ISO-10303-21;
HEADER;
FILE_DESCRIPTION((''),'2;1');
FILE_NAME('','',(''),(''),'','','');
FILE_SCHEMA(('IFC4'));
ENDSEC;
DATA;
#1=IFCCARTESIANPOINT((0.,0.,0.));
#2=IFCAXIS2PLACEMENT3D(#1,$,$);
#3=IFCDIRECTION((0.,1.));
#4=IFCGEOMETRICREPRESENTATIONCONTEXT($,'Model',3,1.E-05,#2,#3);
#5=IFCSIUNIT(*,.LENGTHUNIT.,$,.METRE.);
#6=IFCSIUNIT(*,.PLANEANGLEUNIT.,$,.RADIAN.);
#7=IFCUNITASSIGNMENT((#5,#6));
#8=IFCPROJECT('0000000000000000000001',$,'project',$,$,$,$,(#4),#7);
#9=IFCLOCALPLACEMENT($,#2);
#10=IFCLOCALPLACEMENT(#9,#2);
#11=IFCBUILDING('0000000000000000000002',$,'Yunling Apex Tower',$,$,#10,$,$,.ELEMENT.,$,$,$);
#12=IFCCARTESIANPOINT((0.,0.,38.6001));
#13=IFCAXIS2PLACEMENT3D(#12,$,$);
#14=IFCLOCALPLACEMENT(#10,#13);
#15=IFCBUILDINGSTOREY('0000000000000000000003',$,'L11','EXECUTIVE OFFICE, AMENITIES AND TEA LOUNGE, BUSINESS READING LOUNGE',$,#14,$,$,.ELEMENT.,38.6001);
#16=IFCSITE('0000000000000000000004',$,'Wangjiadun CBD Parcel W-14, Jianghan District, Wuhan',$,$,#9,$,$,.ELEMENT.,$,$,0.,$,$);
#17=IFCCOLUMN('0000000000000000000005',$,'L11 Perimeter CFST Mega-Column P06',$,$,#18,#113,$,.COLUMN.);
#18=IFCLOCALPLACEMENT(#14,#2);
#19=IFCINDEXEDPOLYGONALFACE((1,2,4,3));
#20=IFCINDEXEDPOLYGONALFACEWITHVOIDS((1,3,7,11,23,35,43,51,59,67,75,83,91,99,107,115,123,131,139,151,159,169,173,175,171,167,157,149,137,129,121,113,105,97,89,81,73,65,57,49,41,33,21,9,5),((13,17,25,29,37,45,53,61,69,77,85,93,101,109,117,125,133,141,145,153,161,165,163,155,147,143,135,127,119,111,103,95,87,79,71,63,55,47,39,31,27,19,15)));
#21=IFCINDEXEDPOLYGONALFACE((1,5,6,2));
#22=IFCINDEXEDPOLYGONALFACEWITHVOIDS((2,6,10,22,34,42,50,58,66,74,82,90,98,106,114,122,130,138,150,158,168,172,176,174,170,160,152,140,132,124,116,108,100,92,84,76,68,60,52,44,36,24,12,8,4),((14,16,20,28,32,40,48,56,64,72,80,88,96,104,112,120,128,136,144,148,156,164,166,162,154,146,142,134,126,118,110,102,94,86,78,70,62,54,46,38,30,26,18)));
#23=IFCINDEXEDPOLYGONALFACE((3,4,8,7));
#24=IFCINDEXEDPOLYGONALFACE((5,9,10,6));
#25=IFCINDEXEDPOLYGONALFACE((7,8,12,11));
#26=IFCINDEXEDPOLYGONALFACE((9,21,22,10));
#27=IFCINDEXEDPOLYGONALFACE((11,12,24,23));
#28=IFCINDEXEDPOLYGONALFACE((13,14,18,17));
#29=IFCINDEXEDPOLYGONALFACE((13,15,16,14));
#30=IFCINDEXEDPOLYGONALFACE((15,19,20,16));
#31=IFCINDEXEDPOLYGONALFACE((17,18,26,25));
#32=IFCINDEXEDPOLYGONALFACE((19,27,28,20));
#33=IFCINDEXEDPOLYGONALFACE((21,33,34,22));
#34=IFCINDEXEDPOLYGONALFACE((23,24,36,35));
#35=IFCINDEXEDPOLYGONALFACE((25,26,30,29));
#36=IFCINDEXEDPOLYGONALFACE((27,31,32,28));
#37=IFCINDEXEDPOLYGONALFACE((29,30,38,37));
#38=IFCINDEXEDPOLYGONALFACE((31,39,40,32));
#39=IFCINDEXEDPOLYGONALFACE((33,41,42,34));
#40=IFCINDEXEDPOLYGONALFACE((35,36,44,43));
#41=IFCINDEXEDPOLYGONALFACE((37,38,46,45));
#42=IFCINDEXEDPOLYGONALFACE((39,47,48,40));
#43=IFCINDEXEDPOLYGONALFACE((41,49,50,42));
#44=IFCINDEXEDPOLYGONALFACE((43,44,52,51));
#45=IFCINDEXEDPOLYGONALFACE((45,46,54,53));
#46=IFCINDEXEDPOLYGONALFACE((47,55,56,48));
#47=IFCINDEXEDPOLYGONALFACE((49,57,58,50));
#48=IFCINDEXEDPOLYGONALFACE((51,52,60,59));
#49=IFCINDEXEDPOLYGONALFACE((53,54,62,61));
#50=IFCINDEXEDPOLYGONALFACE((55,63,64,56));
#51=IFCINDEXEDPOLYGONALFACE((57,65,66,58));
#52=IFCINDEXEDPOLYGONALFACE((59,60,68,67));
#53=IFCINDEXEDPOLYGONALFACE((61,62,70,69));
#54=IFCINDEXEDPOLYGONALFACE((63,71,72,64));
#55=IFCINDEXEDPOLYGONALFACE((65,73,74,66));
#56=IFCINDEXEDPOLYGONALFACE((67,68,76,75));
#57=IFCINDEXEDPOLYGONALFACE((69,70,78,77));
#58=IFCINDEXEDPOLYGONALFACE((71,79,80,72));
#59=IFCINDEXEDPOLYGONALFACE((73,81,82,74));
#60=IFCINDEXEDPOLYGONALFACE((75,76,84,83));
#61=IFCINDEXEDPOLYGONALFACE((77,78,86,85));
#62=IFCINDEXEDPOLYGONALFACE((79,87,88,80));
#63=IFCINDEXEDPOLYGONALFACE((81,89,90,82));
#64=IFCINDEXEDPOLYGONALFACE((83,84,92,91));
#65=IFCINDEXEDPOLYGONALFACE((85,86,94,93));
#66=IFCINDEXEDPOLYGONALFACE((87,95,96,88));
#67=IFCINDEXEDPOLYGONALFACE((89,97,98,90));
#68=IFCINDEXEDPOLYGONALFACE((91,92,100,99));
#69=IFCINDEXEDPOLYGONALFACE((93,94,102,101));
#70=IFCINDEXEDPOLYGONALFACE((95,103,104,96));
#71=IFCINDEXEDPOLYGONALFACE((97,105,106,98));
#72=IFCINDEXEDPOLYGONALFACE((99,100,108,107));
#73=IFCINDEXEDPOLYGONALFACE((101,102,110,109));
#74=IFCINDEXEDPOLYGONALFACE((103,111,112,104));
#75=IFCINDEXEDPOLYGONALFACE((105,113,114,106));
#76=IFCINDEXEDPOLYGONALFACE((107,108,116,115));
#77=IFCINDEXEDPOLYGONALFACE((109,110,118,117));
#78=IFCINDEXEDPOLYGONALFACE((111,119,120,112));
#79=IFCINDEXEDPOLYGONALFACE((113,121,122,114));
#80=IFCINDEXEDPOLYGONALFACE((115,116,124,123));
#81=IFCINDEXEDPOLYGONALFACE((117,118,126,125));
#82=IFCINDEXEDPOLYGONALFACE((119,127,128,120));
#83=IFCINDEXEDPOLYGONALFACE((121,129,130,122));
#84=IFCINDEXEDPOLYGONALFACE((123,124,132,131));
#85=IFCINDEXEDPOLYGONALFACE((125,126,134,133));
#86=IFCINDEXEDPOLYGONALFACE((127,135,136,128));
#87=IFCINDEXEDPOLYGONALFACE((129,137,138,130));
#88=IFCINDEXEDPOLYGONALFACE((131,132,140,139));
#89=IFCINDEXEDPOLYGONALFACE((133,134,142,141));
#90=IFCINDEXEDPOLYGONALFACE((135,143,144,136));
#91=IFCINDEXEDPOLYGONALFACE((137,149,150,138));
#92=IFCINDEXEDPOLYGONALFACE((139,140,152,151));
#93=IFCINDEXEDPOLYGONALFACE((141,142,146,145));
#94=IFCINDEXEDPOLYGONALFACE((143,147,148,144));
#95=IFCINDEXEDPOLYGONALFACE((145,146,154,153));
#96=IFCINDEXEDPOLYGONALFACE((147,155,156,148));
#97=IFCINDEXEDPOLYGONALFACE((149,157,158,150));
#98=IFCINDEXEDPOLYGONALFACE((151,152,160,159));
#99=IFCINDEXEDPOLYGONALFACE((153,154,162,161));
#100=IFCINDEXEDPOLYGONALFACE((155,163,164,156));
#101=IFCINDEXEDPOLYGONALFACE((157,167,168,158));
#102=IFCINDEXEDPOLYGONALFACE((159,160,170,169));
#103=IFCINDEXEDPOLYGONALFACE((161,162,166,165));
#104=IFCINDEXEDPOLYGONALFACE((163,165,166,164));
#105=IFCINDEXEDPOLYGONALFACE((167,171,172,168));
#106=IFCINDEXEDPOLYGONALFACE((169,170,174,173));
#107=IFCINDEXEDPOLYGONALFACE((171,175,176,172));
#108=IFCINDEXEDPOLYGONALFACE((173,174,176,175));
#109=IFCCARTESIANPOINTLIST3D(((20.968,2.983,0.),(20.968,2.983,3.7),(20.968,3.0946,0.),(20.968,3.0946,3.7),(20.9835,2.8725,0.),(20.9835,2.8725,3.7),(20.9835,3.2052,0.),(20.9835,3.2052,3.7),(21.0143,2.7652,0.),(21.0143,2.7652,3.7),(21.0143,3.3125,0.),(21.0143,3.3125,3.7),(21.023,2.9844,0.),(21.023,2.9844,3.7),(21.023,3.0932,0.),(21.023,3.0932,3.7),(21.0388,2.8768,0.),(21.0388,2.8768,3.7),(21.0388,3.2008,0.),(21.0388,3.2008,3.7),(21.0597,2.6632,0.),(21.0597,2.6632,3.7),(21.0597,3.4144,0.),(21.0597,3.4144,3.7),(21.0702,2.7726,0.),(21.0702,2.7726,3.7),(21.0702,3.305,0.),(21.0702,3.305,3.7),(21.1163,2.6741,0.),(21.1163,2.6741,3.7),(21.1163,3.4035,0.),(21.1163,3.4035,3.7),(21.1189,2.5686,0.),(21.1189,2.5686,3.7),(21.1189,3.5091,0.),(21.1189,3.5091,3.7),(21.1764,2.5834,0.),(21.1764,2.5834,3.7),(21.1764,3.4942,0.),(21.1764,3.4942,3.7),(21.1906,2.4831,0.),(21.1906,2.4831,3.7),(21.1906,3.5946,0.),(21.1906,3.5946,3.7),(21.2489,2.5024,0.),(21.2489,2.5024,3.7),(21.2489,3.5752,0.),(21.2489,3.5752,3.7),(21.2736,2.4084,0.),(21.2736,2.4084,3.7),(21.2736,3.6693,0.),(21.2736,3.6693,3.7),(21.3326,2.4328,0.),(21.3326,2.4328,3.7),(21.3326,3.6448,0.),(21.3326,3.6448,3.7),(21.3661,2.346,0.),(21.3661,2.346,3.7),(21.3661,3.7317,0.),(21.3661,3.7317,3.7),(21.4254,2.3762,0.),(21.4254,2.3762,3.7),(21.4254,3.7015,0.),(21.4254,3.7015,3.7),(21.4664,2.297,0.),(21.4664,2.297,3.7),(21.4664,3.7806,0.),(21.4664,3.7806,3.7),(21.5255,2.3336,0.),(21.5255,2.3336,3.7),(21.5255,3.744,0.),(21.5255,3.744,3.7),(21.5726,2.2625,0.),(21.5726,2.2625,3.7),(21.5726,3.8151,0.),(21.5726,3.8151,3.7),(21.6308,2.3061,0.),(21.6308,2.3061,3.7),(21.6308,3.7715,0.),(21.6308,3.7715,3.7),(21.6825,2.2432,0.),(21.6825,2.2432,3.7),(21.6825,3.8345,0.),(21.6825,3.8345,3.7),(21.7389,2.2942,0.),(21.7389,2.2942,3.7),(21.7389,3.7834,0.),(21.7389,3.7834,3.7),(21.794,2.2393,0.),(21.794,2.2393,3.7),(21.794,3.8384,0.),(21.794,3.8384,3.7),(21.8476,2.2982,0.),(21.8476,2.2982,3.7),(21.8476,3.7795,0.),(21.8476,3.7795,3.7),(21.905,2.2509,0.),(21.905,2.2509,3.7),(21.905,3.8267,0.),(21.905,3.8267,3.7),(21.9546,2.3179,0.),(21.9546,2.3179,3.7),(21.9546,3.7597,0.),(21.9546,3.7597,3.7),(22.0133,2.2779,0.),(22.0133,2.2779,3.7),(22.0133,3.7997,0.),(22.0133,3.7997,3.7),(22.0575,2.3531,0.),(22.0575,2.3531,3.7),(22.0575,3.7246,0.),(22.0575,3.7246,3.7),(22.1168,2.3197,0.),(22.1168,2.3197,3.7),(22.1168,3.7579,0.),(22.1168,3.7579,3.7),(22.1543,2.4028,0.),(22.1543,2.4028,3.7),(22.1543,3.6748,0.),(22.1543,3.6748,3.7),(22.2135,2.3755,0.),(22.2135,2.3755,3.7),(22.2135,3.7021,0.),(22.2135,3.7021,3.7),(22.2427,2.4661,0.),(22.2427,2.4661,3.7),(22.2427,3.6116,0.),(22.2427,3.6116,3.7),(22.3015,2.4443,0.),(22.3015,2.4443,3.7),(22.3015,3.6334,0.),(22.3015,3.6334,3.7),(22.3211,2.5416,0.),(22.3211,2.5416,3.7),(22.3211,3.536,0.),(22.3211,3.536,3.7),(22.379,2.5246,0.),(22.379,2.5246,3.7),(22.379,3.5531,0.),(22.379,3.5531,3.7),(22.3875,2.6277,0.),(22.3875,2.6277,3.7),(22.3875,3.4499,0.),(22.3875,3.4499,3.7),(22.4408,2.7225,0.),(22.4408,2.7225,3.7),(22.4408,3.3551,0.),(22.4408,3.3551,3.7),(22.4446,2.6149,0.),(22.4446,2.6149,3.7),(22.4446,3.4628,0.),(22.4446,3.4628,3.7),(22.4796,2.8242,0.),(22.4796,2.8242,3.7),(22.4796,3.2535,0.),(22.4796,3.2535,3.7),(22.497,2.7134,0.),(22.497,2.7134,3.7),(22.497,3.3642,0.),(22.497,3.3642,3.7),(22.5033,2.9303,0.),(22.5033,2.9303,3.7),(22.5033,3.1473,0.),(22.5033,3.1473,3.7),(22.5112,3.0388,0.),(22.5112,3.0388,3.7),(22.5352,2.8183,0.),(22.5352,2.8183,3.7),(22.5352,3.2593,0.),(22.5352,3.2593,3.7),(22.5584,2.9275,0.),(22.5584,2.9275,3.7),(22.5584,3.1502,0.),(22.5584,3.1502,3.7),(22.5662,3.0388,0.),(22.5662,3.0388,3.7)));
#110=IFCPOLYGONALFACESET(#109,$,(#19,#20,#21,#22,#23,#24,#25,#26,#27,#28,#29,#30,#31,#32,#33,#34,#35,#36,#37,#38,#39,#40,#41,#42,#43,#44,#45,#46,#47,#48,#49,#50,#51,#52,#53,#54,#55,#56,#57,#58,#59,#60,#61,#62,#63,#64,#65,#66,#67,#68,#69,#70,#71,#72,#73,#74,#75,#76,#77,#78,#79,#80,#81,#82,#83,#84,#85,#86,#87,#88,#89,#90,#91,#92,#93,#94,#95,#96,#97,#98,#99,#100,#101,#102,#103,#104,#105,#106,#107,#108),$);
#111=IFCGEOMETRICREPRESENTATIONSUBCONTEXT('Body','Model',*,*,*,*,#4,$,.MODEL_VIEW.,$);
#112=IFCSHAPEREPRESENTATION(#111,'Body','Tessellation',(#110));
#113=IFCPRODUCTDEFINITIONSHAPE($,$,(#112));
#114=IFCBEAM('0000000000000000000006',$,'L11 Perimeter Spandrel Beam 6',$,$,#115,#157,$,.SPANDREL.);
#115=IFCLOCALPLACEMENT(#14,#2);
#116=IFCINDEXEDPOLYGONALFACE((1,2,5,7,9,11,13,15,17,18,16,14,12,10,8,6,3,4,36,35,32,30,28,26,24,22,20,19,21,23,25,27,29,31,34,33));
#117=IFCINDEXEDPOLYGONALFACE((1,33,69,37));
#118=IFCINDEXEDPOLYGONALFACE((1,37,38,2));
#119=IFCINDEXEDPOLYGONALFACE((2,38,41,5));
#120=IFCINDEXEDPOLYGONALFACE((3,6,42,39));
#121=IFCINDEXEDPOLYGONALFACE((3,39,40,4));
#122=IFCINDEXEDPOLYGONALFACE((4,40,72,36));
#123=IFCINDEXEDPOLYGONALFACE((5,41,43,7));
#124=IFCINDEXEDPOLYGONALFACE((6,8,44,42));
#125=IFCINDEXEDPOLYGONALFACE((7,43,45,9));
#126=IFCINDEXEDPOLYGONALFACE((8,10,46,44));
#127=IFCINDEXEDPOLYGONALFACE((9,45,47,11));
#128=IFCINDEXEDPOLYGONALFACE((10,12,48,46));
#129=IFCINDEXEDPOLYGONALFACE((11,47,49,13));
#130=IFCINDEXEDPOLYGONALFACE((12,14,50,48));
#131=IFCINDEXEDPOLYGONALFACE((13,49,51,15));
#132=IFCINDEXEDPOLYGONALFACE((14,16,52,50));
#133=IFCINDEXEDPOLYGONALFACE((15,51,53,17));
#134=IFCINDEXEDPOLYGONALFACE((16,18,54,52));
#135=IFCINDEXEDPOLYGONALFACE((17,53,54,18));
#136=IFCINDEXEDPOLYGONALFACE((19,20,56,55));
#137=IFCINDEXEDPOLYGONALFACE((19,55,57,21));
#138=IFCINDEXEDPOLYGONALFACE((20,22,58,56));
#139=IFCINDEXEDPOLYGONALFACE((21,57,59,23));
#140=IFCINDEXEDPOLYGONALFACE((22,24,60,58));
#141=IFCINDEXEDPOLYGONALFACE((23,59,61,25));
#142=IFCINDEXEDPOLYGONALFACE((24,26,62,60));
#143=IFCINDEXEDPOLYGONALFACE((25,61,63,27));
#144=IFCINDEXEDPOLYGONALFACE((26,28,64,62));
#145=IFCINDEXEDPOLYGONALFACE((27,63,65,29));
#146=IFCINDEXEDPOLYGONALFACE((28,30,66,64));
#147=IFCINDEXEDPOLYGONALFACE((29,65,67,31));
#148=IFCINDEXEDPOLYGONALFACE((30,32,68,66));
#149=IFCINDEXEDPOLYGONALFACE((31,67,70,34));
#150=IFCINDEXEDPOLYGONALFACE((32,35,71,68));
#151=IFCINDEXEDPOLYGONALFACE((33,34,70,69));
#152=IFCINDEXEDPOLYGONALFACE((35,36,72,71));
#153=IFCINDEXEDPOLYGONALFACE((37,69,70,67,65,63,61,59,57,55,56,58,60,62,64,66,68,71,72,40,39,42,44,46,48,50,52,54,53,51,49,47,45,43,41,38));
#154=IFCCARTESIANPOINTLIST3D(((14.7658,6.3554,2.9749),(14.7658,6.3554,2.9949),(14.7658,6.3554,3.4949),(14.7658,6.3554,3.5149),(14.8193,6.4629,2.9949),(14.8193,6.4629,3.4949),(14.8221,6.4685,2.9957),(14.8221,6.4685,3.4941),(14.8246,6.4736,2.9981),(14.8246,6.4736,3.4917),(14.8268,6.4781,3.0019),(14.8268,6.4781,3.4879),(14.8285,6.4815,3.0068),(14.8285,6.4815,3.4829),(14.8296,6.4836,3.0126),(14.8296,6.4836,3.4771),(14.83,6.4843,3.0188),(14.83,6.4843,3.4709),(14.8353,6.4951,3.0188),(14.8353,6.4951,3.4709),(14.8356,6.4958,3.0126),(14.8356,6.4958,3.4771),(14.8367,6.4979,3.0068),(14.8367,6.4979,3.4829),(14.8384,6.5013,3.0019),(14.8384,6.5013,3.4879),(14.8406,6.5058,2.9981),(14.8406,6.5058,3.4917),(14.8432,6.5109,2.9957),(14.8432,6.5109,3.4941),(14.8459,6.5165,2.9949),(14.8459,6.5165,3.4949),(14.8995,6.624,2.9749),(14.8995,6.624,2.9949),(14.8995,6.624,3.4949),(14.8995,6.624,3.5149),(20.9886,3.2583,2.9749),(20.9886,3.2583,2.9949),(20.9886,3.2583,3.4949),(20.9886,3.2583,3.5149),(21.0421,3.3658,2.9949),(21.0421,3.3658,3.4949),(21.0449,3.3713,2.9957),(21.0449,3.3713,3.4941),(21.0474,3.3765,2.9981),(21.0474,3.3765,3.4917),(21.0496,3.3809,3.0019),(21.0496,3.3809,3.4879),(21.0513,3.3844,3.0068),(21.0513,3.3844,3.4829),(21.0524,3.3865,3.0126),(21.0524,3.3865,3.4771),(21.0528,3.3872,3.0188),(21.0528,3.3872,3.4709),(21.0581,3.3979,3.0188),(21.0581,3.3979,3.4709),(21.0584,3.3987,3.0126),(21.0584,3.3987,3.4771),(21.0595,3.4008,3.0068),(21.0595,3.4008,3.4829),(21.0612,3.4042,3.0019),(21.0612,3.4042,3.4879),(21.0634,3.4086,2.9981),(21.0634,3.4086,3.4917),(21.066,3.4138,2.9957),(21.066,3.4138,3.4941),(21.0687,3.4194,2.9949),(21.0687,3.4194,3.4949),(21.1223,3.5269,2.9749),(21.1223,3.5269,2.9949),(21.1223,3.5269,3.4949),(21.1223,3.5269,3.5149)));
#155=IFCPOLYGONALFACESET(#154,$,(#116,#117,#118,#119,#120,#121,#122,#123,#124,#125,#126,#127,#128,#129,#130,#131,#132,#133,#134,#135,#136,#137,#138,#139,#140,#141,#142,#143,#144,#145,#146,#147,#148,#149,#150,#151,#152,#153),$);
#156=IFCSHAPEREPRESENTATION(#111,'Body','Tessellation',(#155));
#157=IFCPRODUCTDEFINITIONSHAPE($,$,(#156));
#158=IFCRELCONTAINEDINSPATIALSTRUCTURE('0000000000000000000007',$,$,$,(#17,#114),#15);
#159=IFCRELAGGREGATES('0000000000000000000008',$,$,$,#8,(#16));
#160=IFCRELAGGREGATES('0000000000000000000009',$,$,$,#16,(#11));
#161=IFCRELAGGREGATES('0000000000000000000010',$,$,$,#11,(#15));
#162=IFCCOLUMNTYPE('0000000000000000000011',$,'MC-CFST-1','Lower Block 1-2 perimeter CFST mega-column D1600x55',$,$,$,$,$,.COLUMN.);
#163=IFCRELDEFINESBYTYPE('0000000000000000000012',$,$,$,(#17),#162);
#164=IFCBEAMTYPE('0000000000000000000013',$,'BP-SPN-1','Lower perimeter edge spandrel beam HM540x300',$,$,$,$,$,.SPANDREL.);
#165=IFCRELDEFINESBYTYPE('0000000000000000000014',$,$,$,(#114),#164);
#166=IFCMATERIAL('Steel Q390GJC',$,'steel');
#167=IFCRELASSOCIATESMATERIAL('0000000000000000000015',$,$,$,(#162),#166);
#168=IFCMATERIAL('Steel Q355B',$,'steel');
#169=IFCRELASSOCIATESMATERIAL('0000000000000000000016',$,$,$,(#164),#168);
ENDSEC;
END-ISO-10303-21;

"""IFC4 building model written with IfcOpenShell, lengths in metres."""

from ifc_helpers import new_model, si_unit, direction, frame, origin, origin_2d, place, context, subcontext, project, spatial, hollow_circle, i_section, extrude, source, transform, mapped, material, material_profile, profile_set, type_object, element, save


model = new_model("IFC4")

# Units and contexts
model_context = context("Model", 3, precision=1e-05, world=origin(), true_north=direction((0.0, 1.0)))
body_context = subcontext(model_context, "Body", "Model", "MODEL_VIEW")
ifc_project = project(units=[si_unit("LENGTHUNIT", "METRE"), si_unit("PLANEANGLEUNIT", "RADIAN")], contexts=[model_context])

# Site, building, storey
site_placement = place(None, origin())
site = spatial("IfcSite", under=ifc_project, at=site_placement, Name="Wangjiadun CBD Parcel W-14, Jianghan District, Wuhan", CompositionType="ELEMENT", RefElevation=0.0)
building_placement = place(site_placement, origin())
building = spatial("IfcBuilding", under=site, at=building_placement, Name="Yunling Apex Tower", CompositionType="ELEMENT")
storey_placement = place(building_placement, frame((0.0, 0.0, 38.6001)))
storey = spatial("IfcBuildingStorey", under=building, at=storey_placement, Name="L11", Description="EXECUTIVE OFFICE, AMENITIES AND TEA LOUNGE, BUSINESS READING LOUNGE", CompositionType="ELEMENT", Elevation=38.6001)

# Column
ifc_material_1 = material(Name="Steel Q390GJC", Category="steel")
ifc_material_profile_1 = material_profile(ifc_material_1, hollow_circle(Radius=0.8, WallThickness=0.0549, at=origin_2d()))
ifc_profile_set_1 = profile_set([ifc_material_profile_1], Name="Steel Q390GJC")
column_type = type_object("IfcColumnType", Name="MC-CFST-1", Description="Lower Block 1-2 perimeter CFST mega-column D1600x55", PredefinedType="COLUMN", material=ifc_profile_set_1)
shared_shape_1 = source(origin(), body_context, "Body", "SweptSolid", [
    extrude(hollow_circle(Radius=0.8, WallThickness=0.0549, at=origin_2d()), origin(), (0.0, 0.0, 1.0), 3.7),
])
column_placement = place(storey_placement, frame((21.7661, 3.0388, 0.0), z_axis=(0.0, 0.0, 1.0), x_axis=(1.0, 0.0, 0.0)))
element("IfcColumn", 1, at=column_placement, inside=storey, type_object=column_type, Name="L11 Perimeter CFST Mega-Column P06", PredefinedType="COLUMN", context=body_context, shape_type="MappedRepresentation", body=[
    mapped(shared_shape_1, transform((0.0, 0.0, 0.0), scale=1.0)),
])

# Beam
ifc_material_2 = material(Name="Steel Q355B", Category="steel")
ifc_material_profile_2 = material_profile(ifc_material_2, i_section(OverallWidth=0.3, OverallDepth=0.54, WebThickness=0.012, FlangeThickness=0.02, FilletRadius=0.0239, at=origin_2d()))
ifc_profile_set_2 = profile_set([ifc_material_profile_2], Name="Steel Q355B")
beam_type_1 = type_object("IfcBeamType", Name="BP-SPN-1", Description="Lower perimeter edge spandrel beam HM540x300", PredefinedType="SPANDREL", material=ifc_profile_set_2)
shared_shape_2 = source(origin(), body_context, "Body", "SweptSolid", [
    extrude(i_section(OverallWidth=0.3, OverallDepth=0.54, WebThickness=0.012, FlangeThickness=0.02, FilletRadius=0.0239, at=origin_2d()), origin(), (0.0, 0.0, 1.0), 6.9509),
])
beam_1_placement = place(storey_placement, frame((21.0554, 3.3926, 3.2449), z_axis=(-0.895248, 0.445569, 0.0), x_axis=(-0.445569, -0.895248, 0.0)))
element("IfcBeam", 2, at=beam_1_placement, inside=storey, type_object=beam_type_1, Name="L11 Perimeter Spandrel Beam 6", PredefinedType="SPANDREL", context=body_context, shape_type="MappedRepresentation", body=[
    mapped(shared_shape_2, transform((0.0, 0.0, 0.0), scale=1.0)),
])

save(model, "model.ifc")
